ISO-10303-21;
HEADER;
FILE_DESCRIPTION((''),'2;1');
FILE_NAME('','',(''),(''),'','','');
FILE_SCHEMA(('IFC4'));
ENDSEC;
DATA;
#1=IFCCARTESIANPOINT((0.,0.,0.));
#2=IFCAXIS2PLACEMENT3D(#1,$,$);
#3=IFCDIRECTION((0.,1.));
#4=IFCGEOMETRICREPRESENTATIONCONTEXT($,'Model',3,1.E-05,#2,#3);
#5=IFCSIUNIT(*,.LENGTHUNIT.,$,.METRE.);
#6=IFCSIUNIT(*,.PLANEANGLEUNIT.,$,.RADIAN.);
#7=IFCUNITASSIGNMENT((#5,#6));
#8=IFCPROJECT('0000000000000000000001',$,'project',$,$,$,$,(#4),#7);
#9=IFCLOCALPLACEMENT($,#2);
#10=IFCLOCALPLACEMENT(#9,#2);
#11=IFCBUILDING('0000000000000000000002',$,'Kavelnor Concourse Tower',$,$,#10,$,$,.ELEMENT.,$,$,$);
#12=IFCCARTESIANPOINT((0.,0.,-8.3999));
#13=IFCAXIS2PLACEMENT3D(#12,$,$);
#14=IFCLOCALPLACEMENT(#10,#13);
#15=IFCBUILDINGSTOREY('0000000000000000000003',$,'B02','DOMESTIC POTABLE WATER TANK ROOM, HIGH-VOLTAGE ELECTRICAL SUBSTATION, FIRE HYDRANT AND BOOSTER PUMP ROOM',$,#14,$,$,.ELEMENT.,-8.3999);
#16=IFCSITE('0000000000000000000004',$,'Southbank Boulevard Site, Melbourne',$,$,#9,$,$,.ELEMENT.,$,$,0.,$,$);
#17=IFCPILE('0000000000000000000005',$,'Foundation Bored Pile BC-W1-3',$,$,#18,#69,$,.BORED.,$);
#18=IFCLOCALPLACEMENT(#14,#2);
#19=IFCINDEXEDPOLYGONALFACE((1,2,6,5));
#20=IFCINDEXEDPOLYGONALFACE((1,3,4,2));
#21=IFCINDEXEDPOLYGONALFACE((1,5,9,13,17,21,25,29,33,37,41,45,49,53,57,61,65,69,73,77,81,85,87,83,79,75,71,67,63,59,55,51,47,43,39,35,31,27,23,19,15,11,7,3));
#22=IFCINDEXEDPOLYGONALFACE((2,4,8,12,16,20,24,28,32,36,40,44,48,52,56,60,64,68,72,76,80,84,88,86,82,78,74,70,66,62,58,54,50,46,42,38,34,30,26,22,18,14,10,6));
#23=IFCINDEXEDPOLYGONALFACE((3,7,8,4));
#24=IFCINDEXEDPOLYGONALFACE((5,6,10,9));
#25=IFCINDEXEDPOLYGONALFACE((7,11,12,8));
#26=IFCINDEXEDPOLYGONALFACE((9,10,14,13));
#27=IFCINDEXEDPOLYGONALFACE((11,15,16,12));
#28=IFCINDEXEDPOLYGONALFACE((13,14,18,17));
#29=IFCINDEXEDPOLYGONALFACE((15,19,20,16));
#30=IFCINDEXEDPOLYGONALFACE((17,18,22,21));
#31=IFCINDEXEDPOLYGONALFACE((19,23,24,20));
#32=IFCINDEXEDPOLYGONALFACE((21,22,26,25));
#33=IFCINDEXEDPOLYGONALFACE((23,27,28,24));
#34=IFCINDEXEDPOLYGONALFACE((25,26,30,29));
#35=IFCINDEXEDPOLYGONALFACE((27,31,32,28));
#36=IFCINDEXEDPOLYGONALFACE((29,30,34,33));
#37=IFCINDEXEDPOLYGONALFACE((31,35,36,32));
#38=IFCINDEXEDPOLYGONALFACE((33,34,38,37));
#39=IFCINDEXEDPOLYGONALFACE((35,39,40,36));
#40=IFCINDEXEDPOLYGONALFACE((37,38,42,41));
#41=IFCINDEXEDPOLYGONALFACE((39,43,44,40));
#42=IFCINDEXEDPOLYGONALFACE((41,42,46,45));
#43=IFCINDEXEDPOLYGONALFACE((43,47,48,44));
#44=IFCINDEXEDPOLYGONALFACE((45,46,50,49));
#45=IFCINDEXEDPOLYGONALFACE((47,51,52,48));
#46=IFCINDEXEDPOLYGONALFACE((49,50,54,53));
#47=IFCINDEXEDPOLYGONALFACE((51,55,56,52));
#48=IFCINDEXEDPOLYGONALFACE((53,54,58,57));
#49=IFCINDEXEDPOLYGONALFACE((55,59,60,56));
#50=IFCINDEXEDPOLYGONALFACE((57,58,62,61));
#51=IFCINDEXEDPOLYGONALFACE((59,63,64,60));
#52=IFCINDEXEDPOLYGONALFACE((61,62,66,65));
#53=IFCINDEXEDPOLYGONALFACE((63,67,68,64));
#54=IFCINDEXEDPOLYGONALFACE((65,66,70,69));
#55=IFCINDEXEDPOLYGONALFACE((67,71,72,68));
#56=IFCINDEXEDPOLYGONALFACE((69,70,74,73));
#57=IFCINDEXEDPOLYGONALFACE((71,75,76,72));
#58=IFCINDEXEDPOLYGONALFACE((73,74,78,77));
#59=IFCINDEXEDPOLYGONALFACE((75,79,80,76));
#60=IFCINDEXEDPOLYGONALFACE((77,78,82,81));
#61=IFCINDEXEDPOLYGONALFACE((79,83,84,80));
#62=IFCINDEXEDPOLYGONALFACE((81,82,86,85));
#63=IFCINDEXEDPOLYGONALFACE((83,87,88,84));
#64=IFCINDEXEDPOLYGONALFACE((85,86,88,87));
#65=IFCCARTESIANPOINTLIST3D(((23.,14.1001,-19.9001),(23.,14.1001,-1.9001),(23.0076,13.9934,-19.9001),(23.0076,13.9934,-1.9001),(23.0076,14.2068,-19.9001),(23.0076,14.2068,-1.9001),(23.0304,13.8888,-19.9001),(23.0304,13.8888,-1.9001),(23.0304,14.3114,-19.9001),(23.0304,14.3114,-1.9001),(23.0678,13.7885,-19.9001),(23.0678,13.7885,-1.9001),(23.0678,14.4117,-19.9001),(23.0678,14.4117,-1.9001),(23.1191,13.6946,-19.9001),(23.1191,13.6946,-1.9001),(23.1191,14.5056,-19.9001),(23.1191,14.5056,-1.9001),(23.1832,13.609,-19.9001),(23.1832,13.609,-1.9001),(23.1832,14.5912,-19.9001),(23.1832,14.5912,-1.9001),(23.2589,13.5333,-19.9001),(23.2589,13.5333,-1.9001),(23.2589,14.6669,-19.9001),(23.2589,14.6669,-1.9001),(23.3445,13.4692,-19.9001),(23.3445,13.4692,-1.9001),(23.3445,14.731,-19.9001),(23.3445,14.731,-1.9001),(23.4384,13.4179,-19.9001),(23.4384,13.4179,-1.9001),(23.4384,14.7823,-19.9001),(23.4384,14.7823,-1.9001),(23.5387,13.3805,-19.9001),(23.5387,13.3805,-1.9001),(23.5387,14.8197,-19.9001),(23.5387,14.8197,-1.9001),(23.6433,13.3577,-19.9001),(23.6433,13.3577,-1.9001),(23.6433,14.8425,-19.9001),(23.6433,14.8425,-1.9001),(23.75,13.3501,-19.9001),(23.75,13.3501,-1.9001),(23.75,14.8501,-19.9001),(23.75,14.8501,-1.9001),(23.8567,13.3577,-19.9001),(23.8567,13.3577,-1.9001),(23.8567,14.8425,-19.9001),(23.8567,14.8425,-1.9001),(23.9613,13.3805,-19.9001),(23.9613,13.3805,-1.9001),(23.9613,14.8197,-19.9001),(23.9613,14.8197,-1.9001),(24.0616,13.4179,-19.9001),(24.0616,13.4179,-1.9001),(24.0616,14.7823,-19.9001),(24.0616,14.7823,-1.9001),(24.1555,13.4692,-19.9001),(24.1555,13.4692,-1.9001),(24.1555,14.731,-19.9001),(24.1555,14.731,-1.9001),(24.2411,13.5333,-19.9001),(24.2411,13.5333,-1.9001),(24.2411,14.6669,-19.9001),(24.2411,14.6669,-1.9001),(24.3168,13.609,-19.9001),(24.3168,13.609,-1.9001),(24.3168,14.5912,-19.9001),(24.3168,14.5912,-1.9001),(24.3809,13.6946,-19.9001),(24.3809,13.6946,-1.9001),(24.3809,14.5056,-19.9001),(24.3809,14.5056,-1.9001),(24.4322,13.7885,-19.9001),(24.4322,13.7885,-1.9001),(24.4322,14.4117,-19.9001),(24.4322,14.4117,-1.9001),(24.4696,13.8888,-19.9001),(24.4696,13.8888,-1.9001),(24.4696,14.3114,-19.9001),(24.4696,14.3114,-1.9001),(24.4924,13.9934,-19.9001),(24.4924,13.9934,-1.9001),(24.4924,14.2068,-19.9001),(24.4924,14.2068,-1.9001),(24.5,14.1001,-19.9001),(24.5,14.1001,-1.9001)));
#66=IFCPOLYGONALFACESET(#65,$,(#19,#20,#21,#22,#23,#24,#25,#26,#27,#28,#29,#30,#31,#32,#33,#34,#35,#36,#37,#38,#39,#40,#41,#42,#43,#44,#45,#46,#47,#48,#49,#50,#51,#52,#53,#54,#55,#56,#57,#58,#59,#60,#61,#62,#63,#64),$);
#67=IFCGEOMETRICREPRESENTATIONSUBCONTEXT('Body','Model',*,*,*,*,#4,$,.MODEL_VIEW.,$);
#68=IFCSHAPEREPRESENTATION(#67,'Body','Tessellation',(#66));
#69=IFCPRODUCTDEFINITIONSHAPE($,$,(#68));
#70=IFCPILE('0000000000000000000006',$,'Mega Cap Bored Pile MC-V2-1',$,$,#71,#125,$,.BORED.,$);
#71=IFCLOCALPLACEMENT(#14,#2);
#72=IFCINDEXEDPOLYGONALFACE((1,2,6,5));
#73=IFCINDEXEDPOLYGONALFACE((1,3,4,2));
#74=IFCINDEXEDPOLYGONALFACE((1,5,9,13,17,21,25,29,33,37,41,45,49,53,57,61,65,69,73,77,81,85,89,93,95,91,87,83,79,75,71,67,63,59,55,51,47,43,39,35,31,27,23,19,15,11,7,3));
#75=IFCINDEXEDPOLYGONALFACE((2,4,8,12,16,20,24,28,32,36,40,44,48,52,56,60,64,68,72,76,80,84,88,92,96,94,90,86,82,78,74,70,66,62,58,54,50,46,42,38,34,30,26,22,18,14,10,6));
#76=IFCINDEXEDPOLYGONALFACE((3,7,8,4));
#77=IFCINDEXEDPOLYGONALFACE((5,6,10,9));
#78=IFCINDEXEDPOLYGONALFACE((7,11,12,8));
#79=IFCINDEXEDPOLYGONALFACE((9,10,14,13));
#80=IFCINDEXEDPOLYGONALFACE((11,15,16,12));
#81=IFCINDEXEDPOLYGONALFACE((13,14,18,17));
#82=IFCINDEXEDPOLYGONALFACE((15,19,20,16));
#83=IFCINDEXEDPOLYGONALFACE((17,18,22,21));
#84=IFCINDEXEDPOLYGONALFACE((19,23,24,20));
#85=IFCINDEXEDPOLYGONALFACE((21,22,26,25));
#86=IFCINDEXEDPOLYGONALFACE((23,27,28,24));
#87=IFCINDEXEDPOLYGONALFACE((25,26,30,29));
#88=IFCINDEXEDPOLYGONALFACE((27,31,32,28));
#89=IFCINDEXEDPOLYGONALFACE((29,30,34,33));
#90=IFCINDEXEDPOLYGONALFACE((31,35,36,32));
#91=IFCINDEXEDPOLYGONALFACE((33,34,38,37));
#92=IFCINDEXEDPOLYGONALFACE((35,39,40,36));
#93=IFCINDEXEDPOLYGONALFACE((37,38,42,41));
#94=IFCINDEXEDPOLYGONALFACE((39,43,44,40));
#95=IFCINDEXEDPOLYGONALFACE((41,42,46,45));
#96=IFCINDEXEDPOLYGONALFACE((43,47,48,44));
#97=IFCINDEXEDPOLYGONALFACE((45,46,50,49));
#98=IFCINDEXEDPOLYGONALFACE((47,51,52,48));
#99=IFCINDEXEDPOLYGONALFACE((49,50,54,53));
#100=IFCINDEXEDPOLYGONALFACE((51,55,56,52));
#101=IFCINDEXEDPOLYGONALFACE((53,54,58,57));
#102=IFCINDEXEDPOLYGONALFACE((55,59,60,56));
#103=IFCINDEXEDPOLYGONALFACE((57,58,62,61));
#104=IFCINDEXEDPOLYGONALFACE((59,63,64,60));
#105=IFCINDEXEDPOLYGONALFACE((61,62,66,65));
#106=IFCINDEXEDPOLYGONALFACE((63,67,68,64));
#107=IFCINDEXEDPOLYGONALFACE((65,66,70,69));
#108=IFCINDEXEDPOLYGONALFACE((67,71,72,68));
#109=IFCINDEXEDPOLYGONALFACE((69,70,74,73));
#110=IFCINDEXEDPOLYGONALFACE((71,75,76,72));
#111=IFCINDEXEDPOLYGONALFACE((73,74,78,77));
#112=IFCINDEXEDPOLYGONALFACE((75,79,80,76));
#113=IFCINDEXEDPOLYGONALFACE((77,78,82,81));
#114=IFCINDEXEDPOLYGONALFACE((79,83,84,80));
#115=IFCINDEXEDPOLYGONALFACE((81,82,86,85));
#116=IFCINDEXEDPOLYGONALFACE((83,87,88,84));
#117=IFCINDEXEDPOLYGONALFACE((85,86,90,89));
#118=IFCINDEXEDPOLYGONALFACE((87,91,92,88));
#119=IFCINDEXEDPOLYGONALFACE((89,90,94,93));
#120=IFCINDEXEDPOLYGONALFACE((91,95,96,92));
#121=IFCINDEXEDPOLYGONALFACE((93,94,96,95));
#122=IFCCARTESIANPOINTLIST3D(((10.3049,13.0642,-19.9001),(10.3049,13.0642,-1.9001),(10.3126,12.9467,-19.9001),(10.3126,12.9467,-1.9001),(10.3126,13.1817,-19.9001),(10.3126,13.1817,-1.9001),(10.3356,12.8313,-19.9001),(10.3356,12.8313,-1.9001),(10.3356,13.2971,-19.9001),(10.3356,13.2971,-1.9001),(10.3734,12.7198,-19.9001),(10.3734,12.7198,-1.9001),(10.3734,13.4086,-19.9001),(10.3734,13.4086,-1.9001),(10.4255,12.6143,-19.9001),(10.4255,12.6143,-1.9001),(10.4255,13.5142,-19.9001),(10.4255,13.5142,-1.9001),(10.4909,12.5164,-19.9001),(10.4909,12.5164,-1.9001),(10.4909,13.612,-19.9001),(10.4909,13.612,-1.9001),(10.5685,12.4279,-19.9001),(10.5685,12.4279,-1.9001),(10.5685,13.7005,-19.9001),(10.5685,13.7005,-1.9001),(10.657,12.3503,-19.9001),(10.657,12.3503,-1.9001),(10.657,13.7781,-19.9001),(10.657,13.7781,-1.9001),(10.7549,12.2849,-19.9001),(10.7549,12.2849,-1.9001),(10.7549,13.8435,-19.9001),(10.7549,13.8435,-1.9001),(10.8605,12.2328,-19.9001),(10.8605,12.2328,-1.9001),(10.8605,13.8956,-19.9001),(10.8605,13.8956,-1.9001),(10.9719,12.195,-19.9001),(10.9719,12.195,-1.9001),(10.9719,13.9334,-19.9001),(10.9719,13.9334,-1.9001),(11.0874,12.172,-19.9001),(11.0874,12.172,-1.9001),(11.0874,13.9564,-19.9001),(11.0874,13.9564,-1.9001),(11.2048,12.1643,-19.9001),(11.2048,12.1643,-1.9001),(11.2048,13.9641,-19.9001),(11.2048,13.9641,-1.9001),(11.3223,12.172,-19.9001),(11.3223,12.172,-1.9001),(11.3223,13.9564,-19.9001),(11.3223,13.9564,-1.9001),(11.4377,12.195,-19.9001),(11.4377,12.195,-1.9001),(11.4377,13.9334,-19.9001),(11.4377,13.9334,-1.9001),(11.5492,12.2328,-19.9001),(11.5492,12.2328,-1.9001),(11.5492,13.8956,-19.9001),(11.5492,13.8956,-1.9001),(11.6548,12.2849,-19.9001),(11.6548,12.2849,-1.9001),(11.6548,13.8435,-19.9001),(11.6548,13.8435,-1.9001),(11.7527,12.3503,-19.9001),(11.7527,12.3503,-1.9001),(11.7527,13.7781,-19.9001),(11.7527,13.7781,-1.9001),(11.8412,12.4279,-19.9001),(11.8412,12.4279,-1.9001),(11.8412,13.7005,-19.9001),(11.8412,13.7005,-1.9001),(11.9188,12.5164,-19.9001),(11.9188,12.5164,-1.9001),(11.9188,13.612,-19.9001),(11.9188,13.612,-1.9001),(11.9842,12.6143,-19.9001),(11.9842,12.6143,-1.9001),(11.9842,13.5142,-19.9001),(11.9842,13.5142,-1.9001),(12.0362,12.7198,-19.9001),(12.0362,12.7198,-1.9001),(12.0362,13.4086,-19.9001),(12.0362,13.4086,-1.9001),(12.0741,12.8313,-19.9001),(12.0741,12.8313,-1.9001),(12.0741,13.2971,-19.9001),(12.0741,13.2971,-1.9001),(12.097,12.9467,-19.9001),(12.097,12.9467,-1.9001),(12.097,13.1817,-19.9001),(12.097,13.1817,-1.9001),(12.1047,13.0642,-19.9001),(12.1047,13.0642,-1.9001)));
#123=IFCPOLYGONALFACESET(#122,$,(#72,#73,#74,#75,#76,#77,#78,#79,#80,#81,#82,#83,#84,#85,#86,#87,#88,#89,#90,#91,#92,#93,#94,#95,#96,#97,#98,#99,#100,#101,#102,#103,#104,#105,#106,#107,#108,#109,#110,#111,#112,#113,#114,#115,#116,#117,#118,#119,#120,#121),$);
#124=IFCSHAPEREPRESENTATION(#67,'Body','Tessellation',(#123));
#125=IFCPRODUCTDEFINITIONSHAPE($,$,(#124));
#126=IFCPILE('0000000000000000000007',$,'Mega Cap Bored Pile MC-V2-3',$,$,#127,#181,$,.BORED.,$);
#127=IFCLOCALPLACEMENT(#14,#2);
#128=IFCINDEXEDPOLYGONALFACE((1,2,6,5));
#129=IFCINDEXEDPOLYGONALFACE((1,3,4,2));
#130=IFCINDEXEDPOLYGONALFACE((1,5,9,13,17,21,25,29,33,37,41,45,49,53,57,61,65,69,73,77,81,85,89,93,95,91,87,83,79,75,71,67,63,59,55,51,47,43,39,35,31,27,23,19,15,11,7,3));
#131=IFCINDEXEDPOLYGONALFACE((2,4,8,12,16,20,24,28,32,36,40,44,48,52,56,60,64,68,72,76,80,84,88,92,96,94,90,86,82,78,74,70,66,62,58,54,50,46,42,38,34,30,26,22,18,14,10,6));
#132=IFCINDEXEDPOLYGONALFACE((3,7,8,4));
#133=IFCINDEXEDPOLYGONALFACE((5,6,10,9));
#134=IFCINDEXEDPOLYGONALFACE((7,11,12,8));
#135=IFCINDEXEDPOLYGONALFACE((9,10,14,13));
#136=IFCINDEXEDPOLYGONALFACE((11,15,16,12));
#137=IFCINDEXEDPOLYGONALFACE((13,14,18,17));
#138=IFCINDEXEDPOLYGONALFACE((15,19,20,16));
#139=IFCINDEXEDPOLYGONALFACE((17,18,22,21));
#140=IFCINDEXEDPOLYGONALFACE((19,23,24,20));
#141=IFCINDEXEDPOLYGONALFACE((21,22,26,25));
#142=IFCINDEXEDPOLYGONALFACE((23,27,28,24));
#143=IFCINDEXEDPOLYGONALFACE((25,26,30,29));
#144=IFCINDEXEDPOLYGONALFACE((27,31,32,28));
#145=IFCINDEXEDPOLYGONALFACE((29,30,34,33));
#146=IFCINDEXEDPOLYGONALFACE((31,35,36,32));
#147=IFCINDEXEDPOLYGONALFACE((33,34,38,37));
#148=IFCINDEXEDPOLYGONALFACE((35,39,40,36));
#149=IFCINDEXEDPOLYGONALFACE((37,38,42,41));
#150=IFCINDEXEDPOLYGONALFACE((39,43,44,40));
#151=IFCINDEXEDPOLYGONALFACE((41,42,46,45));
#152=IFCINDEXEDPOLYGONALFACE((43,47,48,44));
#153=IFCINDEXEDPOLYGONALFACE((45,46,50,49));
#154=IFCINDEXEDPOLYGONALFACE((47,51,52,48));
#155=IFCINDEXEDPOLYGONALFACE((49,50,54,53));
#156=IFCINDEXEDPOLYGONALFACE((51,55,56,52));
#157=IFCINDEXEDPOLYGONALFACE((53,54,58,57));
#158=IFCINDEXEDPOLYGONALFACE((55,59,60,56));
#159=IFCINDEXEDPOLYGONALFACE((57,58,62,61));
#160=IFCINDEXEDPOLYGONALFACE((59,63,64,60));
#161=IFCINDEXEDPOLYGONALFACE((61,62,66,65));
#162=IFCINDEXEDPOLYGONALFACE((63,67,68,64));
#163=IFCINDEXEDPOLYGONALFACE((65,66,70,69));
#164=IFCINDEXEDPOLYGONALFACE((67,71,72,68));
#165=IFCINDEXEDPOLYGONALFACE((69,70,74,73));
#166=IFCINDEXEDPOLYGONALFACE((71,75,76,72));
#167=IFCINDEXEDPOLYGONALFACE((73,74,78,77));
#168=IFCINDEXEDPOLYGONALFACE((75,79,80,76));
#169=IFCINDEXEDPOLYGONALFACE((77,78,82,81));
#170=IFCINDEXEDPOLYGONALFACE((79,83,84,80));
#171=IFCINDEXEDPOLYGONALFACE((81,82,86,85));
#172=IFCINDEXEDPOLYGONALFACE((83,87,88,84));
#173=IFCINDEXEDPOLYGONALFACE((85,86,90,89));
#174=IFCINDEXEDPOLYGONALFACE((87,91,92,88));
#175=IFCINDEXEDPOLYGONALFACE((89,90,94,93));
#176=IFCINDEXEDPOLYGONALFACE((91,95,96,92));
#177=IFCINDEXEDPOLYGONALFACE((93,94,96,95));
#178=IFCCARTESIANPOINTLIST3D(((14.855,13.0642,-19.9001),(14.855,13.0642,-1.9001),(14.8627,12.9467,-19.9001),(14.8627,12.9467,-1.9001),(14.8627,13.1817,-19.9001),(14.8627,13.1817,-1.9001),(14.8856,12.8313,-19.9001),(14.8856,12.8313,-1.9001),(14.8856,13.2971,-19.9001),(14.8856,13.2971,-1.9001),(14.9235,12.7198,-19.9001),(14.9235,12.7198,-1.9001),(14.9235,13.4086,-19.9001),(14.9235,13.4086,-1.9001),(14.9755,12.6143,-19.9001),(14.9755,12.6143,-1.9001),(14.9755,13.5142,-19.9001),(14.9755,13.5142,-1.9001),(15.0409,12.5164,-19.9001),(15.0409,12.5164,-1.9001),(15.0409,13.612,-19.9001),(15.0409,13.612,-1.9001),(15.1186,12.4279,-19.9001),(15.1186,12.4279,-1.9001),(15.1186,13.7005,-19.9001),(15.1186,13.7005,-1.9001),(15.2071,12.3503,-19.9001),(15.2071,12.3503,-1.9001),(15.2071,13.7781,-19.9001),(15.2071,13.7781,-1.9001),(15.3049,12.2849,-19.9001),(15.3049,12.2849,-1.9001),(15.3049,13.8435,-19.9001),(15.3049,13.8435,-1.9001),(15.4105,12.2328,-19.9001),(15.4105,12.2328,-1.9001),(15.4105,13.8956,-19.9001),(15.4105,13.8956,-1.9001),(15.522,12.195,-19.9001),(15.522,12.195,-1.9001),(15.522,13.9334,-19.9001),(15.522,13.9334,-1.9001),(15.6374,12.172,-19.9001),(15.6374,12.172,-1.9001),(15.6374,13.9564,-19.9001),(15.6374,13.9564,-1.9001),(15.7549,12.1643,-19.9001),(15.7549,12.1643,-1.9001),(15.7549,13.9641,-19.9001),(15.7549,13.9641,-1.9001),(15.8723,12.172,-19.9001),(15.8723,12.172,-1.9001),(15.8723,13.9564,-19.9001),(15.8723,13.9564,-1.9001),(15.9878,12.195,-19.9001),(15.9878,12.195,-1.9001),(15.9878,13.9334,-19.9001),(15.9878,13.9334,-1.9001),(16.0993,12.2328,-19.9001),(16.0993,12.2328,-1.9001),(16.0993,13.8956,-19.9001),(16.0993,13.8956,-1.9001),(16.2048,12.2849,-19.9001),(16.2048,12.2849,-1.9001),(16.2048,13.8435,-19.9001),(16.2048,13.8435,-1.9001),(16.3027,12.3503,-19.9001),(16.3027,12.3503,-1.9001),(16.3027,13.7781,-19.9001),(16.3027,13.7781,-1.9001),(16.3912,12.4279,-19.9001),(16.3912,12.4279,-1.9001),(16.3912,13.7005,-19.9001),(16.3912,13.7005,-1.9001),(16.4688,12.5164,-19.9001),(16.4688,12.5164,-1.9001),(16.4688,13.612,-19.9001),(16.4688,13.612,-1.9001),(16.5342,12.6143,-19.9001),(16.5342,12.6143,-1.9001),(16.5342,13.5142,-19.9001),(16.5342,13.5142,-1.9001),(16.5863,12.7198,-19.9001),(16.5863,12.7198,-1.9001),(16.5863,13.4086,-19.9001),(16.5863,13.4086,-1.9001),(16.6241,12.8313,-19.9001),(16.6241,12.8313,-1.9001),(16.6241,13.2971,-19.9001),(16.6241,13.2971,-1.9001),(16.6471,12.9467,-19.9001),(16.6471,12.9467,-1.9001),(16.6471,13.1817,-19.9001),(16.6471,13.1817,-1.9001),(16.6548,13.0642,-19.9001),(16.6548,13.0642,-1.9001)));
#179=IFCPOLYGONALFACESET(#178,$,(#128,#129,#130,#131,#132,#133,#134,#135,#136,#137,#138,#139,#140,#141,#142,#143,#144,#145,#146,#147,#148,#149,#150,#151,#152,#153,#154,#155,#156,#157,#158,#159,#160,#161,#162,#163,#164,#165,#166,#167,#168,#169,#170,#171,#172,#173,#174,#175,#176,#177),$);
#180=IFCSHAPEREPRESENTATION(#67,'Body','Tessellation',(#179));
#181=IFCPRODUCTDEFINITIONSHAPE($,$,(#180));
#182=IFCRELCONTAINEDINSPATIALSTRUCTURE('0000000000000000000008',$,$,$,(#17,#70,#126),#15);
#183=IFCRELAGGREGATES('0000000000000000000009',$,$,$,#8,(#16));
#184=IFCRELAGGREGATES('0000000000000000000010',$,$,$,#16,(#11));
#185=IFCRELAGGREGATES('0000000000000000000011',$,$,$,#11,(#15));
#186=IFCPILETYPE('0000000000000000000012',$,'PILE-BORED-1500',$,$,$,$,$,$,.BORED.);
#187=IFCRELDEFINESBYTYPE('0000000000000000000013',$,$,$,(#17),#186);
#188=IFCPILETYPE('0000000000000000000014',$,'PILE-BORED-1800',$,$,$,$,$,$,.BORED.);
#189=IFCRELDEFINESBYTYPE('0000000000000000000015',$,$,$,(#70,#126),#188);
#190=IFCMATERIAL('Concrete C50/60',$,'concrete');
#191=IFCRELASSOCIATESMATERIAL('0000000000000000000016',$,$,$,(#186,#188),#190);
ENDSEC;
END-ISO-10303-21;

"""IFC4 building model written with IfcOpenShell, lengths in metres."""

from ifc_helpers import new_model, si_unit, direction, frame, origin, origin_2d, place, context, subcontext, project, spatial, circle, extrude, material, material_profile, profile_set, type_object, element, save


model = new_model("IFC4")

# Units and contexts
model_context = context("Model", 3, precision=1e-05, world=origin(), true_north=direction((0.0, 1.0)))
body_context = subcontext(model_context, "Body", "Model", "MODEL_VIEW")
ifc_project = project(units=[si_unit("LENGTHUNIT", "METRE"), si_unit("PLANEANGLEUNIT", "RADIAN")], contexts=[model_context])

# Site, building, storey
site_placement = place(None, origin())
site = spatial("IfcSite", under=ifc_project, at=site_placement, Name="Southbank Boulevard Site, Melbourne", CompositionType="ELEMENT", RefElevation=0.0)
building_placement = place(site_placement, origin())
building = spatial("IfcBuilding", under=site, at=building_placement, Name="Kavelnor Concourse Tower", CompositionType="ELEMENT")
storey_placement = place(building_placement, frame((0.0, 0.0, -8.3999)))
storey = spatial("IfcBuildingStorey", under=building, at=storey_placement, Name="B02", Description="DOMESTIC POTABLE WATER TANK ROOM, HIGH-VOLTAGE ELECTRICAL SUBSTATION, FIRE HYDRANT AND BOOSTER PUMP ROOM", CompositionType="ELEMENT", Elevation=-8.3999)

# Shared definitions
ifc_material_1 = material(Name="Concrete C50/60", Category="concrete")

# Piles
ifc_material_profile_1 = material_profile(ifc_material_1, circle(Radius=0.75, at=origin_2d()), Name="PILE-D1500")
ifc_profile_set_1 = profile_set([ifc_material_profile_1], Name="Concrete C50/60")
pile_type_1 = type_object("IfcPileType", Name="PILE-BORED-1500", PredefinedType="BORED", material=ifc_profile_set_1)
for number, where, z_axis, x_axis, name in (
    (1, (23.75, 14.1001, -1.9001), (0.0, 0.0, -1.0), (1.0, 0.0, 0.0), "Foundation Bored Pile BC-W1-3"),
):
    element("IfcPile", number, at=place(storey_placement, frame(where, z_axis=z_axis, x_axis=x_axis)), inside=storey, type_object=pile_type_1, Name=name, PredefinedType="BORED", context=body_context, shape_type="SweptSolid", body=[
        extrude(circle(Radius=0.75, at=origin_2d()), origin(), (0.0, 0.0, 1.0), 18.0),
    ])
ifc_material_profile_2 = material_profile(ifc_material_1, circle(Radius=0.8999, at=origin_2d()), Name="PILE-D1800")
ifc_profile_set_2 = profile_set([ifc_material_profile_2], Name="Concrete C50/60")
pile_type_2 = type_object("IfcPileType", Name="PILE-BORED-1800", PredefinedType="BORED", material=ifc_profile_set_2)
for number, where, z_axis, x_axis, name in (
    (2, (11.2048, 13.0642, -1.9001), (0.0, 0.0, -1.0), (1.0, 0.0, 0.0), "Mega Cap Bored Pile MC-V2-1"),
    (3, (15.7549, 13.0642, -1.9001), (0.0, 0.0, -1.0), (1.0, 0.0, 0.0), "Mega Cap Bored Pile MC-V2-3"),
):
    element("IfcPile", number, at=place(storey_placement, frame(where, z_axis=z_axis, x_axis=x_axis)), inside=storey, type_object=pile_type_2, Name=name, PredefinedType="BORED", context=body_context, shape_type="SweptSolid", body=[
        extrude(circle(Radius=0.8999, at=origin_2d()), origin(), (0.0, 0.0, 1.0), 18.0),
    ])

save(model, "model.ifc")
